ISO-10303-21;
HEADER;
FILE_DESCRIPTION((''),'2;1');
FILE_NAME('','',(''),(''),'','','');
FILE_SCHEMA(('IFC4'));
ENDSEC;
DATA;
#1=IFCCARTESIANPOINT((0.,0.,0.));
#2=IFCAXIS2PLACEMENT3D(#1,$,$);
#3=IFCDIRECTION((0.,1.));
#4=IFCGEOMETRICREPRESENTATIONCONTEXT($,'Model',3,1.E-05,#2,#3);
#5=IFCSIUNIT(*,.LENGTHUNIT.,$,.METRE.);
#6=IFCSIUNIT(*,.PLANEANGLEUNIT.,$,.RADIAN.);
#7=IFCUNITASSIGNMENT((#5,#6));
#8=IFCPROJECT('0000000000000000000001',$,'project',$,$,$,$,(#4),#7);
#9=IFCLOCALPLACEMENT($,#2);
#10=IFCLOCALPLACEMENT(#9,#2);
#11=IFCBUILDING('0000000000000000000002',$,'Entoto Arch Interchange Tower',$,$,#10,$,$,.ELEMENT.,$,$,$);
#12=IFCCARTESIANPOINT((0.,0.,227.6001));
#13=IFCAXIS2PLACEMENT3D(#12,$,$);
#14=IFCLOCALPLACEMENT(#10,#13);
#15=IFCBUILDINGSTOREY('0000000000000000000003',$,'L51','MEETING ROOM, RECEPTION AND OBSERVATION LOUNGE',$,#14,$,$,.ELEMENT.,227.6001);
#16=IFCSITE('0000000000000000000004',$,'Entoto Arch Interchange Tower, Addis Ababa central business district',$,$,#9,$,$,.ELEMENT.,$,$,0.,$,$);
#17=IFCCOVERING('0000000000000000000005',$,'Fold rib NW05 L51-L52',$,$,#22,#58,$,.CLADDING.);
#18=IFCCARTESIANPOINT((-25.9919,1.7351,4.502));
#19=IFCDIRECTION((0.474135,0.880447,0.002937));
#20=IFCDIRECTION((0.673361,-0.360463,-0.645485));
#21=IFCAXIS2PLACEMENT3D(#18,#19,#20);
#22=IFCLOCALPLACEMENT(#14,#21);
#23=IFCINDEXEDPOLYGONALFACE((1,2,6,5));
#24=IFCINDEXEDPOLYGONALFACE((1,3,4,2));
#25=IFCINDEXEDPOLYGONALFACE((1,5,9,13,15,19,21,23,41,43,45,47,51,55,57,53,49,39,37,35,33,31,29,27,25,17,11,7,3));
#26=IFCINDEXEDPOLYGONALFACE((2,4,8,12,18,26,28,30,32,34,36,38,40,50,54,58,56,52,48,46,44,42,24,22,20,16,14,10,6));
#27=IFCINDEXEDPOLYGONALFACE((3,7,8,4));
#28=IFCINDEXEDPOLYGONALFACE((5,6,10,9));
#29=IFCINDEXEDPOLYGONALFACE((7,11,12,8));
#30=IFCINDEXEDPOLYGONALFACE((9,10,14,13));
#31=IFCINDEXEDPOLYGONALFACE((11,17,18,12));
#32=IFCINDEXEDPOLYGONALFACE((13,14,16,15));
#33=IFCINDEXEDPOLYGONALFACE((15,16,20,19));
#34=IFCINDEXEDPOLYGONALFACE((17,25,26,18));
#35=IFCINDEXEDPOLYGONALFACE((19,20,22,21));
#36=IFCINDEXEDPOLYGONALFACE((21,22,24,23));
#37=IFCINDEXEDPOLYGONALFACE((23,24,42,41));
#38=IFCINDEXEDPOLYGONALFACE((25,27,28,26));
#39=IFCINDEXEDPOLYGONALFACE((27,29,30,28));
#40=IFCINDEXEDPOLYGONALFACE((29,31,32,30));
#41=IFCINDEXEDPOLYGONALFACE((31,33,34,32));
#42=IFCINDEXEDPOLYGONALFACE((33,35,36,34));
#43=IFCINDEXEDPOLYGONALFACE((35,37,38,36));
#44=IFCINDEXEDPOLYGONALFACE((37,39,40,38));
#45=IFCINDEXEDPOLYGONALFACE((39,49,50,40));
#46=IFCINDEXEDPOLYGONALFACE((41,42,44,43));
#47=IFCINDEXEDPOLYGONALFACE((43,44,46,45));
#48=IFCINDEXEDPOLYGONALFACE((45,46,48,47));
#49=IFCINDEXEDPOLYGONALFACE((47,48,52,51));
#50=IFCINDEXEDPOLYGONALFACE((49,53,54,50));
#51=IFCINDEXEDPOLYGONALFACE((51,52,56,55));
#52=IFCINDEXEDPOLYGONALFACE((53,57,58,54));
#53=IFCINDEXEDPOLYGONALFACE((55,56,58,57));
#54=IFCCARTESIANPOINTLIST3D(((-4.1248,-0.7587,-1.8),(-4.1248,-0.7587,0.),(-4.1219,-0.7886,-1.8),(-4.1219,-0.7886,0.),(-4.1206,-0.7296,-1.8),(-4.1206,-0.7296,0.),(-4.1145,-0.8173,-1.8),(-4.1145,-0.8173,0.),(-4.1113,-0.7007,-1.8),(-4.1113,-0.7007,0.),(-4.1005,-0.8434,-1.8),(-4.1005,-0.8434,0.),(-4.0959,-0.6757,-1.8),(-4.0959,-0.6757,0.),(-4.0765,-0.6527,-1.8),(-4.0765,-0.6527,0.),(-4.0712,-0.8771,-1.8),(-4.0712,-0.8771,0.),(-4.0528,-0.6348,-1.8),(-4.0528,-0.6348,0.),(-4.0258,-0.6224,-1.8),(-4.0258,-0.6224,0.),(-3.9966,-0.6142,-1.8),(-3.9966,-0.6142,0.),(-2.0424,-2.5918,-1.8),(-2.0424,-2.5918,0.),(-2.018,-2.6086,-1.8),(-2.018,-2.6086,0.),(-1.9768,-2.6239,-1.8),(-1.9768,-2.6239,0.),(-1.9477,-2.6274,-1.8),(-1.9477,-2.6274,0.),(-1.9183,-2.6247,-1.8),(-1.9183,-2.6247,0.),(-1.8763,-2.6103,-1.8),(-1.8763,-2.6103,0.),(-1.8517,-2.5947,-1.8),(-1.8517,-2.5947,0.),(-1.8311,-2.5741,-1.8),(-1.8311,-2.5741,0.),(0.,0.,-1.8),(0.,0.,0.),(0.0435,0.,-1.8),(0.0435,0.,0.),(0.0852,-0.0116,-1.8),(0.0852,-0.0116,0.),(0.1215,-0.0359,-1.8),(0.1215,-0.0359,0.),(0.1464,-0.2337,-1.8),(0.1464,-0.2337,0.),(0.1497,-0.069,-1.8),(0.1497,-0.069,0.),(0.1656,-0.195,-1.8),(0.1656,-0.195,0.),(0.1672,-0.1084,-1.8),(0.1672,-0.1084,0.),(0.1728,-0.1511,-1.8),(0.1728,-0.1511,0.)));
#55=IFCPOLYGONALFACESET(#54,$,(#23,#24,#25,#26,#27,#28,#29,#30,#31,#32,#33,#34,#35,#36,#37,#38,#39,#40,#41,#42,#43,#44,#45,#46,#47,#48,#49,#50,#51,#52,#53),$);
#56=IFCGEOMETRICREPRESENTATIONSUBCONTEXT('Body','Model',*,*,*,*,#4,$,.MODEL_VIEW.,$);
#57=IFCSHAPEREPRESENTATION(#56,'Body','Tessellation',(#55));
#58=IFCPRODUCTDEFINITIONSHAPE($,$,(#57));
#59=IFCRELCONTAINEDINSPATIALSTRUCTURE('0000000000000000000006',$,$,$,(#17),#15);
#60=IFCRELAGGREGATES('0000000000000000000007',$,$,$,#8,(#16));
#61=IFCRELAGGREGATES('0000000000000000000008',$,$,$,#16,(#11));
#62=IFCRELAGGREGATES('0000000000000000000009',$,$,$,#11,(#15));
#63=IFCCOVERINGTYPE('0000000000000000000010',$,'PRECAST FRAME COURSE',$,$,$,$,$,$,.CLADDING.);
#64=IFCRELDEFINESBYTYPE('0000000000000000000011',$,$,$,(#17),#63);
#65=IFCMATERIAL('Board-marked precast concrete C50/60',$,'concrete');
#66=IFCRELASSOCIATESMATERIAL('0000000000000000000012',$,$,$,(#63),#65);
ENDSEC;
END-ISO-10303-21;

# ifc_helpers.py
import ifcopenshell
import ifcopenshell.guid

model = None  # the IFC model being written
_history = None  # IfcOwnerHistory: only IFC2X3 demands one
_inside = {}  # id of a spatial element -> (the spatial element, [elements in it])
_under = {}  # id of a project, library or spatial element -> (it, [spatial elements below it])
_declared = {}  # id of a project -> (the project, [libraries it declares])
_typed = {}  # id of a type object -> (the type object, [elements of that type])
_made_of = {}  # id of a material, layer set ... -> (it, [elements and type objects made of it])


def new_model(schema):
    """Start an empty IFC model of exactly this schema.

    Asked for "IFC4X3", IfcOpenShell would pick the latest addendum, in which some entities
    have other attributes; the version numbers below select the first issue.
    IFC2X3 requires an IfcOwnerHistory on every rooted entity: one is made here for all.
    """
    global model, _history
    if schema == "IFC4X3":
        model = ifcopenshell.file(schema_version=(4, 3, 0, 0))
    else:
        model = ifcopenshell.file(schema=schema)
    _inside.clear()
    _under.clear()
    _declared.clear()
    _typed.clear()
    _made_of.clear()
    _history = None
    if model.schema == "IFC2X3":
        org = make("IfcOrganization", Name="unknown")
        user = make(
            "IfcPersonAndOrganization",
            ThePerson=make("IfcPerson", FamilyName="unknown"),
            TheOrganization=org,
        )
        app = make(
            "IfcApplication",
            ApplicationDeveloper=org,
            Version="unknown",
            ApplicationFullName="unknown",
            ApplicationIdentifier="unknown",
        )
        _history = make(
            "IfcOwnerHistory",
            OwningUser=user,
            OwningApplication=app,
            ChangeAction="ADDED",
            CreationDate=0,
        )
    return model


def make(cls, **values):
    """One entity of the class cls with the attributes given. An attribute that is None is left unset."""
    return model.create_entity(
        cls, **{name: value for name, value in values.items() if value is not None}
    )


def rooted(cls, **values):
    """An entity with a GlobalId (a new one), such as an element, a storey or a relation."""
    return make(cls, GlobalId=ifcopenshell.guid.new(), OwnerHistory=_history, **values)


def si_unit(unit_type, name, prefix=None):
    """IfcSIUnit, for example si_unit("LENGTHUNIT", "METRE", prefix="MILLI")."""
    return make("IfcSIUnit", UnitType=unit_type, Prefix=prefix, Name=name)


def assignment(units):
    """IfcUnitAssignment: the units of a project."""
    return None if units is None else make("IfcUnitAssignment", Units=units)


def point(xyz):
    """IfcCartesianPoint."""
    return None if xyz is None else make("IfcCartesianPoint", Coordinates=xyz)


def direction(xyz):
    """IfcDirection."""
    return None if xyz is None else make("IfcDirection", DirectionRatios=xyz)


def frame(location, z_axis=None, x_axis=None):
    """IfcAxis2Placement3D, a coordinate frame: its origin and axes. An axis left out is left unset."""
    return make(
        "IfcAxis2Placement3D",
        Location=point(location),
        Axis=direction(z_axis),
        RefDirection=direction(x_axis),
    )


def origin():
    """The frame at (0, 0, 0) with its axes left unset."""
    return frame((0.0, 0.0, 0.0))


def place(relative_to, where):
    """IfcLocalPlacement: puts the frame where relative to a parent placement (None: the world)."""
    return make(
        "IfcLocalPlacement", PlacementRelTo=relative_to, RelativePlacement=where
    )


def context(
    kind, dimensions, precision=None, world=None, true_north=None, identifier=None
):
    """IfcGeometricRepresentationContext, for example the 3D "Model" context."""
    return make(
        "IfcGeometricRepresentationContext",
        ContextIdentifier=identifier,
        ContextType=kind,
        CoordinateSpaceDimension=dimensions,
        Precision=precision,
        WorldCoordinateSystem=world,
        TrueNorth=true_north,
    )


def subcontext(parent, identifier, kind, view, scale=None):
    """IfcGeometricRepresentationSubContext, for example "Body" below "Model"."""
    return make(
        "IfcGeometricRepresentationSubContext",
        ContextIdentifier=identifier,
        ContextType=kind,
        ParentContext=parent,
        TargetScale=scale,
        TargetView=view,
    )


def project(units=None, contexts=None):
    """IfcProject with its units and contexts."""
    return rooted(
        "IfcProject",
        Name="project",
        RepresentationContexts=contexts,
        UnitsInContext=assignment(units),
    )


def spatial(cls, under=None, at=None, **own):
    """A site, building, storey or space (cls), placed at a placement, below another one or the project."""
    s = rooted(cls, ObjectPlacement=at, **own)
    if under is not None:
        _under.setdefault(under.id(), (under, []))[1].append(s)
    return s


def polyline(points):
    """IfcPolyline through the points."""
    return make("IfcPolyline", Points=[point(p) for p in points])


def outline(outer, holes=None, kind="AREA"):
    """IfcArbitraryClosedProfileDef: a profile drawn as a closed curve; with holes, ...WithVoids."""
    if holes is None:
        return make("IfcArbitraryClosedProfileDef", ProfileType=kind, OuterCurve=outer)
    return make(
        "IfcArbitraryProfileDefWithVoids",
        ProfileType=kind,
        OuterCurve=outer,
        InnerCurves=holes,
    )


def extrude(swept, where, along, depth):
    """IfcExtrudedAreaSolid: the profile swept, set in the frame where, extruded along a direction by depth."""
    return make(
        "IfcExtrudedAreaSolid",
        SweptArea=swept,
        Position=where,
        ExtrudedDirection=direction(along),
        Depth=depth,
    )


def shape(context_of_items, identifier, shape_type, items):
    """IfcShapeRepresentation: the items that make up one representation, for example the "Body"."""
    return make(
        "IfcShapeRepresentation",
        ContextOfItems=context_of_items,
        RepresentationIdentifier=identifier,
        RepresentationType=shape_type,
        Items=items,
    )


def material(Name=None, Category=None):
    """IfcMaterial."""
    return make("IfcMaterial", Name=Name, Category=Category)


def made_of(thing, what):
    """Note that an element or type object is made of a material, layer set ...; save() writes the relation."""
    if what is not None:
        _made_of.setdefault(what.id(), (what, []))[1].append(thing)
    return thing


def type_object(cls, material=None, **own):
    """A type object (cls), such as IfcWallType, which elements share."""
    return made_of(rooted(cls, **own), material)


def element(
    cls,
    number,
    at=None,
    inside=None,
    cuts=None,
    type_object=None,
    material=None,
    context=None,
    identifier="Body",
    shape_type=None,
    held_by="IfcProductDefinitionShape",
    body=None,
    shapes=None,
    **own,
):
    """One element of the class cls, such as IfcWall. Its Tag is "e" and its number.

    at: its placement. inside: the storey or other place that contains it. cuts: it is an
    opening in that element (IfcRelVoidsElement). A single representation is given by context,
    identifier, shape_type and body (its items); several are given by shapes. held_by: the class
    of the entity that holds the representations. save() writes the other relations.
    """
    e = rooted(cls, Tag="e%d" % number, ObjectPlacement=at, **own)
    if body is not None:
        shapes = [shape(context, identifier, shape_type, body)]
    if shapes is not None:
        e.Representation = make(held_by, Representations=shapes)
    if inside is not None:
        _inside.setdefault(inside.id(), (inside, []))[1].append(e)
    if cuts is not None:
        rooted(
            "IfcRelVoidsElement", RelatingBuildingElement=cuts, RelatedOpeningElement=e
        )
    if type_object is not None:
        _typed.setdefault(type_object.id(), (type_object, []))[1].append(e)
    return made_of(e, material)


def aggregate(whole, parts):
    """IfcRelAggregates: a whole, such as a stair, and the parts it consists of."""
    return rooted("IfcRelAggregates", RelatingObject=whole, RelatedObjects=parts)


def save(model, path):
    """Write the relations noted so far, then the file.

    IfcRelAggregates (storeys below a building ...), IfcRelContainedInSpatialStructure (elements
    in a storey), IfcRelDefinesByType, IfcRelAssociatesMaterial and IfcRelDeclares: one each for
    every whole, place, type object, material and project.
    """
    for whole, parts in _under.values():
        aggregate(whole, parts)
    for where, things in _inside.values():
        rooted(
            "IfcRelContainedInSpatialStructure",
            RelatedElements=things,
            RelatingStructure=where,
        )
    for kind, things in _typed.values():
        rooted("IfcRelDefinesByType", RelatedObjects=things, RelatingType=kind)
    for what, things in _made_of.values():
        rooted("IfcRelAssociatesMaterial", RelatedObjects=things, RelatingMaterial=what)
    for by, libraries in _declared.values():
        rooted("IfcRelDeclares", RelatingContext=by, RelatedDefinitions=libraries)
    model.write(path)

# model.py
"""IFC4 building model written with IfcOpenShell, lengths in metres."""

from ifc_helpers import new_model, si_unit, direction, frame, origin, place, context, subcontext, project, spatial, polyline, outline, extrude, material, type_object, element, save


model = new_model("IFC4")

# Units and contexts
model_context = context("Model", 3, precision=1e-05, world=origin(), true_north=direction((0.0, 1.0)))
body_context = subcontext(model_context, "Body", "Model", "MODEL_VIEW")
ifc_project = project(units=[si_unit("LENGTHUNIT", "METRE"), si_unit("PLANEANGLEUNIT", "RADIAN")], contexts=[model_context])

# Site, building, storey
site_placement = place(None, origin())
site = spatial("IfcSite", under=ifc_project, at=site_placement, Name="Entoto Arch Interchange Tower, Addis Ababa central business district", CompositionType="ELEMENT", RefElevation=0.0)
building_placement = place(site_placement, origin())
building = spatial("IfcBuilding", under=site, at=building_placement, Name="Entoto Arch Interchange Tower", CompositionType="ELEMENT")
storey_placement = place(building_placement, frame((0.0, 0.0, 227.6001)))
storey = spatial("IfcBuildingStorey", under=building, at=storey_placement, Name="L51", Description="MEETING ROOM, RECEPTION AND OBSERVATION LOUNGE", CompositionType="ELEMENT", Elevation=227.6001)

# Covering
ifc_material_1 = material(Name="Board-marked precast concrete C50/60", Category="concrete")
covering_type = type_object("IfcCoveringType", Name="PRECAST FRAME COURSE", PredefinedType="CLADDING", material=ifc_material_1)
covering_placement = place(storey_placement, frame((-25.9919, 1.7351, 4.502), z_axis=(0.474135, 0.880447, 0.002937), x_axis=(0.673361, -0.360463, -0.645485)))
element("IfcCovering", 1, at=covering_placement, inside=storey, type_object=covering_type, Name="Fold rib NW05 L51-L52", PredefinedType="CLADDING", context=body_context, shape_type="SweptSolid", body=[
    extrude(outline(polyline([(0.0, 0.0), (0.0435, 0.0), (0.0852, -0.0116), (0.1215, -0.0359), (0.1497, -0.069), (0.1672, -0.1084), (0.1728, -0.1511), (0.1656, -0.195), (0.1464, -0.2337), (-1.8311, -2.5741), (-1.8517, -2.5947), (-1.8763, -2.6103), (-1.9183, -2.6247), (-1.9477, -2.6274), (-1.9768, -2.6239), (-2.018, -2.6086), (-2.0424, -2.5918), (-4.0712, -0.8771), (-4.1005, -0.8434), (-4.1145, -0.8173), (-4.1219, -0.7886), (-4.1248, -0.7587), (-4.1206, -0.7296), (-4.1113, -0.7007), (-4.0959, -0.6757), (-4.0765, -0.6527), (-4.0528, -0.6348), (-4.0258, -0.6224), (-3.9966, -0.6142), (0.0, 0.0)])), origin(), (0.0, 0.0, -1.0), 1.8),
])

save(model, "model.ifc")
